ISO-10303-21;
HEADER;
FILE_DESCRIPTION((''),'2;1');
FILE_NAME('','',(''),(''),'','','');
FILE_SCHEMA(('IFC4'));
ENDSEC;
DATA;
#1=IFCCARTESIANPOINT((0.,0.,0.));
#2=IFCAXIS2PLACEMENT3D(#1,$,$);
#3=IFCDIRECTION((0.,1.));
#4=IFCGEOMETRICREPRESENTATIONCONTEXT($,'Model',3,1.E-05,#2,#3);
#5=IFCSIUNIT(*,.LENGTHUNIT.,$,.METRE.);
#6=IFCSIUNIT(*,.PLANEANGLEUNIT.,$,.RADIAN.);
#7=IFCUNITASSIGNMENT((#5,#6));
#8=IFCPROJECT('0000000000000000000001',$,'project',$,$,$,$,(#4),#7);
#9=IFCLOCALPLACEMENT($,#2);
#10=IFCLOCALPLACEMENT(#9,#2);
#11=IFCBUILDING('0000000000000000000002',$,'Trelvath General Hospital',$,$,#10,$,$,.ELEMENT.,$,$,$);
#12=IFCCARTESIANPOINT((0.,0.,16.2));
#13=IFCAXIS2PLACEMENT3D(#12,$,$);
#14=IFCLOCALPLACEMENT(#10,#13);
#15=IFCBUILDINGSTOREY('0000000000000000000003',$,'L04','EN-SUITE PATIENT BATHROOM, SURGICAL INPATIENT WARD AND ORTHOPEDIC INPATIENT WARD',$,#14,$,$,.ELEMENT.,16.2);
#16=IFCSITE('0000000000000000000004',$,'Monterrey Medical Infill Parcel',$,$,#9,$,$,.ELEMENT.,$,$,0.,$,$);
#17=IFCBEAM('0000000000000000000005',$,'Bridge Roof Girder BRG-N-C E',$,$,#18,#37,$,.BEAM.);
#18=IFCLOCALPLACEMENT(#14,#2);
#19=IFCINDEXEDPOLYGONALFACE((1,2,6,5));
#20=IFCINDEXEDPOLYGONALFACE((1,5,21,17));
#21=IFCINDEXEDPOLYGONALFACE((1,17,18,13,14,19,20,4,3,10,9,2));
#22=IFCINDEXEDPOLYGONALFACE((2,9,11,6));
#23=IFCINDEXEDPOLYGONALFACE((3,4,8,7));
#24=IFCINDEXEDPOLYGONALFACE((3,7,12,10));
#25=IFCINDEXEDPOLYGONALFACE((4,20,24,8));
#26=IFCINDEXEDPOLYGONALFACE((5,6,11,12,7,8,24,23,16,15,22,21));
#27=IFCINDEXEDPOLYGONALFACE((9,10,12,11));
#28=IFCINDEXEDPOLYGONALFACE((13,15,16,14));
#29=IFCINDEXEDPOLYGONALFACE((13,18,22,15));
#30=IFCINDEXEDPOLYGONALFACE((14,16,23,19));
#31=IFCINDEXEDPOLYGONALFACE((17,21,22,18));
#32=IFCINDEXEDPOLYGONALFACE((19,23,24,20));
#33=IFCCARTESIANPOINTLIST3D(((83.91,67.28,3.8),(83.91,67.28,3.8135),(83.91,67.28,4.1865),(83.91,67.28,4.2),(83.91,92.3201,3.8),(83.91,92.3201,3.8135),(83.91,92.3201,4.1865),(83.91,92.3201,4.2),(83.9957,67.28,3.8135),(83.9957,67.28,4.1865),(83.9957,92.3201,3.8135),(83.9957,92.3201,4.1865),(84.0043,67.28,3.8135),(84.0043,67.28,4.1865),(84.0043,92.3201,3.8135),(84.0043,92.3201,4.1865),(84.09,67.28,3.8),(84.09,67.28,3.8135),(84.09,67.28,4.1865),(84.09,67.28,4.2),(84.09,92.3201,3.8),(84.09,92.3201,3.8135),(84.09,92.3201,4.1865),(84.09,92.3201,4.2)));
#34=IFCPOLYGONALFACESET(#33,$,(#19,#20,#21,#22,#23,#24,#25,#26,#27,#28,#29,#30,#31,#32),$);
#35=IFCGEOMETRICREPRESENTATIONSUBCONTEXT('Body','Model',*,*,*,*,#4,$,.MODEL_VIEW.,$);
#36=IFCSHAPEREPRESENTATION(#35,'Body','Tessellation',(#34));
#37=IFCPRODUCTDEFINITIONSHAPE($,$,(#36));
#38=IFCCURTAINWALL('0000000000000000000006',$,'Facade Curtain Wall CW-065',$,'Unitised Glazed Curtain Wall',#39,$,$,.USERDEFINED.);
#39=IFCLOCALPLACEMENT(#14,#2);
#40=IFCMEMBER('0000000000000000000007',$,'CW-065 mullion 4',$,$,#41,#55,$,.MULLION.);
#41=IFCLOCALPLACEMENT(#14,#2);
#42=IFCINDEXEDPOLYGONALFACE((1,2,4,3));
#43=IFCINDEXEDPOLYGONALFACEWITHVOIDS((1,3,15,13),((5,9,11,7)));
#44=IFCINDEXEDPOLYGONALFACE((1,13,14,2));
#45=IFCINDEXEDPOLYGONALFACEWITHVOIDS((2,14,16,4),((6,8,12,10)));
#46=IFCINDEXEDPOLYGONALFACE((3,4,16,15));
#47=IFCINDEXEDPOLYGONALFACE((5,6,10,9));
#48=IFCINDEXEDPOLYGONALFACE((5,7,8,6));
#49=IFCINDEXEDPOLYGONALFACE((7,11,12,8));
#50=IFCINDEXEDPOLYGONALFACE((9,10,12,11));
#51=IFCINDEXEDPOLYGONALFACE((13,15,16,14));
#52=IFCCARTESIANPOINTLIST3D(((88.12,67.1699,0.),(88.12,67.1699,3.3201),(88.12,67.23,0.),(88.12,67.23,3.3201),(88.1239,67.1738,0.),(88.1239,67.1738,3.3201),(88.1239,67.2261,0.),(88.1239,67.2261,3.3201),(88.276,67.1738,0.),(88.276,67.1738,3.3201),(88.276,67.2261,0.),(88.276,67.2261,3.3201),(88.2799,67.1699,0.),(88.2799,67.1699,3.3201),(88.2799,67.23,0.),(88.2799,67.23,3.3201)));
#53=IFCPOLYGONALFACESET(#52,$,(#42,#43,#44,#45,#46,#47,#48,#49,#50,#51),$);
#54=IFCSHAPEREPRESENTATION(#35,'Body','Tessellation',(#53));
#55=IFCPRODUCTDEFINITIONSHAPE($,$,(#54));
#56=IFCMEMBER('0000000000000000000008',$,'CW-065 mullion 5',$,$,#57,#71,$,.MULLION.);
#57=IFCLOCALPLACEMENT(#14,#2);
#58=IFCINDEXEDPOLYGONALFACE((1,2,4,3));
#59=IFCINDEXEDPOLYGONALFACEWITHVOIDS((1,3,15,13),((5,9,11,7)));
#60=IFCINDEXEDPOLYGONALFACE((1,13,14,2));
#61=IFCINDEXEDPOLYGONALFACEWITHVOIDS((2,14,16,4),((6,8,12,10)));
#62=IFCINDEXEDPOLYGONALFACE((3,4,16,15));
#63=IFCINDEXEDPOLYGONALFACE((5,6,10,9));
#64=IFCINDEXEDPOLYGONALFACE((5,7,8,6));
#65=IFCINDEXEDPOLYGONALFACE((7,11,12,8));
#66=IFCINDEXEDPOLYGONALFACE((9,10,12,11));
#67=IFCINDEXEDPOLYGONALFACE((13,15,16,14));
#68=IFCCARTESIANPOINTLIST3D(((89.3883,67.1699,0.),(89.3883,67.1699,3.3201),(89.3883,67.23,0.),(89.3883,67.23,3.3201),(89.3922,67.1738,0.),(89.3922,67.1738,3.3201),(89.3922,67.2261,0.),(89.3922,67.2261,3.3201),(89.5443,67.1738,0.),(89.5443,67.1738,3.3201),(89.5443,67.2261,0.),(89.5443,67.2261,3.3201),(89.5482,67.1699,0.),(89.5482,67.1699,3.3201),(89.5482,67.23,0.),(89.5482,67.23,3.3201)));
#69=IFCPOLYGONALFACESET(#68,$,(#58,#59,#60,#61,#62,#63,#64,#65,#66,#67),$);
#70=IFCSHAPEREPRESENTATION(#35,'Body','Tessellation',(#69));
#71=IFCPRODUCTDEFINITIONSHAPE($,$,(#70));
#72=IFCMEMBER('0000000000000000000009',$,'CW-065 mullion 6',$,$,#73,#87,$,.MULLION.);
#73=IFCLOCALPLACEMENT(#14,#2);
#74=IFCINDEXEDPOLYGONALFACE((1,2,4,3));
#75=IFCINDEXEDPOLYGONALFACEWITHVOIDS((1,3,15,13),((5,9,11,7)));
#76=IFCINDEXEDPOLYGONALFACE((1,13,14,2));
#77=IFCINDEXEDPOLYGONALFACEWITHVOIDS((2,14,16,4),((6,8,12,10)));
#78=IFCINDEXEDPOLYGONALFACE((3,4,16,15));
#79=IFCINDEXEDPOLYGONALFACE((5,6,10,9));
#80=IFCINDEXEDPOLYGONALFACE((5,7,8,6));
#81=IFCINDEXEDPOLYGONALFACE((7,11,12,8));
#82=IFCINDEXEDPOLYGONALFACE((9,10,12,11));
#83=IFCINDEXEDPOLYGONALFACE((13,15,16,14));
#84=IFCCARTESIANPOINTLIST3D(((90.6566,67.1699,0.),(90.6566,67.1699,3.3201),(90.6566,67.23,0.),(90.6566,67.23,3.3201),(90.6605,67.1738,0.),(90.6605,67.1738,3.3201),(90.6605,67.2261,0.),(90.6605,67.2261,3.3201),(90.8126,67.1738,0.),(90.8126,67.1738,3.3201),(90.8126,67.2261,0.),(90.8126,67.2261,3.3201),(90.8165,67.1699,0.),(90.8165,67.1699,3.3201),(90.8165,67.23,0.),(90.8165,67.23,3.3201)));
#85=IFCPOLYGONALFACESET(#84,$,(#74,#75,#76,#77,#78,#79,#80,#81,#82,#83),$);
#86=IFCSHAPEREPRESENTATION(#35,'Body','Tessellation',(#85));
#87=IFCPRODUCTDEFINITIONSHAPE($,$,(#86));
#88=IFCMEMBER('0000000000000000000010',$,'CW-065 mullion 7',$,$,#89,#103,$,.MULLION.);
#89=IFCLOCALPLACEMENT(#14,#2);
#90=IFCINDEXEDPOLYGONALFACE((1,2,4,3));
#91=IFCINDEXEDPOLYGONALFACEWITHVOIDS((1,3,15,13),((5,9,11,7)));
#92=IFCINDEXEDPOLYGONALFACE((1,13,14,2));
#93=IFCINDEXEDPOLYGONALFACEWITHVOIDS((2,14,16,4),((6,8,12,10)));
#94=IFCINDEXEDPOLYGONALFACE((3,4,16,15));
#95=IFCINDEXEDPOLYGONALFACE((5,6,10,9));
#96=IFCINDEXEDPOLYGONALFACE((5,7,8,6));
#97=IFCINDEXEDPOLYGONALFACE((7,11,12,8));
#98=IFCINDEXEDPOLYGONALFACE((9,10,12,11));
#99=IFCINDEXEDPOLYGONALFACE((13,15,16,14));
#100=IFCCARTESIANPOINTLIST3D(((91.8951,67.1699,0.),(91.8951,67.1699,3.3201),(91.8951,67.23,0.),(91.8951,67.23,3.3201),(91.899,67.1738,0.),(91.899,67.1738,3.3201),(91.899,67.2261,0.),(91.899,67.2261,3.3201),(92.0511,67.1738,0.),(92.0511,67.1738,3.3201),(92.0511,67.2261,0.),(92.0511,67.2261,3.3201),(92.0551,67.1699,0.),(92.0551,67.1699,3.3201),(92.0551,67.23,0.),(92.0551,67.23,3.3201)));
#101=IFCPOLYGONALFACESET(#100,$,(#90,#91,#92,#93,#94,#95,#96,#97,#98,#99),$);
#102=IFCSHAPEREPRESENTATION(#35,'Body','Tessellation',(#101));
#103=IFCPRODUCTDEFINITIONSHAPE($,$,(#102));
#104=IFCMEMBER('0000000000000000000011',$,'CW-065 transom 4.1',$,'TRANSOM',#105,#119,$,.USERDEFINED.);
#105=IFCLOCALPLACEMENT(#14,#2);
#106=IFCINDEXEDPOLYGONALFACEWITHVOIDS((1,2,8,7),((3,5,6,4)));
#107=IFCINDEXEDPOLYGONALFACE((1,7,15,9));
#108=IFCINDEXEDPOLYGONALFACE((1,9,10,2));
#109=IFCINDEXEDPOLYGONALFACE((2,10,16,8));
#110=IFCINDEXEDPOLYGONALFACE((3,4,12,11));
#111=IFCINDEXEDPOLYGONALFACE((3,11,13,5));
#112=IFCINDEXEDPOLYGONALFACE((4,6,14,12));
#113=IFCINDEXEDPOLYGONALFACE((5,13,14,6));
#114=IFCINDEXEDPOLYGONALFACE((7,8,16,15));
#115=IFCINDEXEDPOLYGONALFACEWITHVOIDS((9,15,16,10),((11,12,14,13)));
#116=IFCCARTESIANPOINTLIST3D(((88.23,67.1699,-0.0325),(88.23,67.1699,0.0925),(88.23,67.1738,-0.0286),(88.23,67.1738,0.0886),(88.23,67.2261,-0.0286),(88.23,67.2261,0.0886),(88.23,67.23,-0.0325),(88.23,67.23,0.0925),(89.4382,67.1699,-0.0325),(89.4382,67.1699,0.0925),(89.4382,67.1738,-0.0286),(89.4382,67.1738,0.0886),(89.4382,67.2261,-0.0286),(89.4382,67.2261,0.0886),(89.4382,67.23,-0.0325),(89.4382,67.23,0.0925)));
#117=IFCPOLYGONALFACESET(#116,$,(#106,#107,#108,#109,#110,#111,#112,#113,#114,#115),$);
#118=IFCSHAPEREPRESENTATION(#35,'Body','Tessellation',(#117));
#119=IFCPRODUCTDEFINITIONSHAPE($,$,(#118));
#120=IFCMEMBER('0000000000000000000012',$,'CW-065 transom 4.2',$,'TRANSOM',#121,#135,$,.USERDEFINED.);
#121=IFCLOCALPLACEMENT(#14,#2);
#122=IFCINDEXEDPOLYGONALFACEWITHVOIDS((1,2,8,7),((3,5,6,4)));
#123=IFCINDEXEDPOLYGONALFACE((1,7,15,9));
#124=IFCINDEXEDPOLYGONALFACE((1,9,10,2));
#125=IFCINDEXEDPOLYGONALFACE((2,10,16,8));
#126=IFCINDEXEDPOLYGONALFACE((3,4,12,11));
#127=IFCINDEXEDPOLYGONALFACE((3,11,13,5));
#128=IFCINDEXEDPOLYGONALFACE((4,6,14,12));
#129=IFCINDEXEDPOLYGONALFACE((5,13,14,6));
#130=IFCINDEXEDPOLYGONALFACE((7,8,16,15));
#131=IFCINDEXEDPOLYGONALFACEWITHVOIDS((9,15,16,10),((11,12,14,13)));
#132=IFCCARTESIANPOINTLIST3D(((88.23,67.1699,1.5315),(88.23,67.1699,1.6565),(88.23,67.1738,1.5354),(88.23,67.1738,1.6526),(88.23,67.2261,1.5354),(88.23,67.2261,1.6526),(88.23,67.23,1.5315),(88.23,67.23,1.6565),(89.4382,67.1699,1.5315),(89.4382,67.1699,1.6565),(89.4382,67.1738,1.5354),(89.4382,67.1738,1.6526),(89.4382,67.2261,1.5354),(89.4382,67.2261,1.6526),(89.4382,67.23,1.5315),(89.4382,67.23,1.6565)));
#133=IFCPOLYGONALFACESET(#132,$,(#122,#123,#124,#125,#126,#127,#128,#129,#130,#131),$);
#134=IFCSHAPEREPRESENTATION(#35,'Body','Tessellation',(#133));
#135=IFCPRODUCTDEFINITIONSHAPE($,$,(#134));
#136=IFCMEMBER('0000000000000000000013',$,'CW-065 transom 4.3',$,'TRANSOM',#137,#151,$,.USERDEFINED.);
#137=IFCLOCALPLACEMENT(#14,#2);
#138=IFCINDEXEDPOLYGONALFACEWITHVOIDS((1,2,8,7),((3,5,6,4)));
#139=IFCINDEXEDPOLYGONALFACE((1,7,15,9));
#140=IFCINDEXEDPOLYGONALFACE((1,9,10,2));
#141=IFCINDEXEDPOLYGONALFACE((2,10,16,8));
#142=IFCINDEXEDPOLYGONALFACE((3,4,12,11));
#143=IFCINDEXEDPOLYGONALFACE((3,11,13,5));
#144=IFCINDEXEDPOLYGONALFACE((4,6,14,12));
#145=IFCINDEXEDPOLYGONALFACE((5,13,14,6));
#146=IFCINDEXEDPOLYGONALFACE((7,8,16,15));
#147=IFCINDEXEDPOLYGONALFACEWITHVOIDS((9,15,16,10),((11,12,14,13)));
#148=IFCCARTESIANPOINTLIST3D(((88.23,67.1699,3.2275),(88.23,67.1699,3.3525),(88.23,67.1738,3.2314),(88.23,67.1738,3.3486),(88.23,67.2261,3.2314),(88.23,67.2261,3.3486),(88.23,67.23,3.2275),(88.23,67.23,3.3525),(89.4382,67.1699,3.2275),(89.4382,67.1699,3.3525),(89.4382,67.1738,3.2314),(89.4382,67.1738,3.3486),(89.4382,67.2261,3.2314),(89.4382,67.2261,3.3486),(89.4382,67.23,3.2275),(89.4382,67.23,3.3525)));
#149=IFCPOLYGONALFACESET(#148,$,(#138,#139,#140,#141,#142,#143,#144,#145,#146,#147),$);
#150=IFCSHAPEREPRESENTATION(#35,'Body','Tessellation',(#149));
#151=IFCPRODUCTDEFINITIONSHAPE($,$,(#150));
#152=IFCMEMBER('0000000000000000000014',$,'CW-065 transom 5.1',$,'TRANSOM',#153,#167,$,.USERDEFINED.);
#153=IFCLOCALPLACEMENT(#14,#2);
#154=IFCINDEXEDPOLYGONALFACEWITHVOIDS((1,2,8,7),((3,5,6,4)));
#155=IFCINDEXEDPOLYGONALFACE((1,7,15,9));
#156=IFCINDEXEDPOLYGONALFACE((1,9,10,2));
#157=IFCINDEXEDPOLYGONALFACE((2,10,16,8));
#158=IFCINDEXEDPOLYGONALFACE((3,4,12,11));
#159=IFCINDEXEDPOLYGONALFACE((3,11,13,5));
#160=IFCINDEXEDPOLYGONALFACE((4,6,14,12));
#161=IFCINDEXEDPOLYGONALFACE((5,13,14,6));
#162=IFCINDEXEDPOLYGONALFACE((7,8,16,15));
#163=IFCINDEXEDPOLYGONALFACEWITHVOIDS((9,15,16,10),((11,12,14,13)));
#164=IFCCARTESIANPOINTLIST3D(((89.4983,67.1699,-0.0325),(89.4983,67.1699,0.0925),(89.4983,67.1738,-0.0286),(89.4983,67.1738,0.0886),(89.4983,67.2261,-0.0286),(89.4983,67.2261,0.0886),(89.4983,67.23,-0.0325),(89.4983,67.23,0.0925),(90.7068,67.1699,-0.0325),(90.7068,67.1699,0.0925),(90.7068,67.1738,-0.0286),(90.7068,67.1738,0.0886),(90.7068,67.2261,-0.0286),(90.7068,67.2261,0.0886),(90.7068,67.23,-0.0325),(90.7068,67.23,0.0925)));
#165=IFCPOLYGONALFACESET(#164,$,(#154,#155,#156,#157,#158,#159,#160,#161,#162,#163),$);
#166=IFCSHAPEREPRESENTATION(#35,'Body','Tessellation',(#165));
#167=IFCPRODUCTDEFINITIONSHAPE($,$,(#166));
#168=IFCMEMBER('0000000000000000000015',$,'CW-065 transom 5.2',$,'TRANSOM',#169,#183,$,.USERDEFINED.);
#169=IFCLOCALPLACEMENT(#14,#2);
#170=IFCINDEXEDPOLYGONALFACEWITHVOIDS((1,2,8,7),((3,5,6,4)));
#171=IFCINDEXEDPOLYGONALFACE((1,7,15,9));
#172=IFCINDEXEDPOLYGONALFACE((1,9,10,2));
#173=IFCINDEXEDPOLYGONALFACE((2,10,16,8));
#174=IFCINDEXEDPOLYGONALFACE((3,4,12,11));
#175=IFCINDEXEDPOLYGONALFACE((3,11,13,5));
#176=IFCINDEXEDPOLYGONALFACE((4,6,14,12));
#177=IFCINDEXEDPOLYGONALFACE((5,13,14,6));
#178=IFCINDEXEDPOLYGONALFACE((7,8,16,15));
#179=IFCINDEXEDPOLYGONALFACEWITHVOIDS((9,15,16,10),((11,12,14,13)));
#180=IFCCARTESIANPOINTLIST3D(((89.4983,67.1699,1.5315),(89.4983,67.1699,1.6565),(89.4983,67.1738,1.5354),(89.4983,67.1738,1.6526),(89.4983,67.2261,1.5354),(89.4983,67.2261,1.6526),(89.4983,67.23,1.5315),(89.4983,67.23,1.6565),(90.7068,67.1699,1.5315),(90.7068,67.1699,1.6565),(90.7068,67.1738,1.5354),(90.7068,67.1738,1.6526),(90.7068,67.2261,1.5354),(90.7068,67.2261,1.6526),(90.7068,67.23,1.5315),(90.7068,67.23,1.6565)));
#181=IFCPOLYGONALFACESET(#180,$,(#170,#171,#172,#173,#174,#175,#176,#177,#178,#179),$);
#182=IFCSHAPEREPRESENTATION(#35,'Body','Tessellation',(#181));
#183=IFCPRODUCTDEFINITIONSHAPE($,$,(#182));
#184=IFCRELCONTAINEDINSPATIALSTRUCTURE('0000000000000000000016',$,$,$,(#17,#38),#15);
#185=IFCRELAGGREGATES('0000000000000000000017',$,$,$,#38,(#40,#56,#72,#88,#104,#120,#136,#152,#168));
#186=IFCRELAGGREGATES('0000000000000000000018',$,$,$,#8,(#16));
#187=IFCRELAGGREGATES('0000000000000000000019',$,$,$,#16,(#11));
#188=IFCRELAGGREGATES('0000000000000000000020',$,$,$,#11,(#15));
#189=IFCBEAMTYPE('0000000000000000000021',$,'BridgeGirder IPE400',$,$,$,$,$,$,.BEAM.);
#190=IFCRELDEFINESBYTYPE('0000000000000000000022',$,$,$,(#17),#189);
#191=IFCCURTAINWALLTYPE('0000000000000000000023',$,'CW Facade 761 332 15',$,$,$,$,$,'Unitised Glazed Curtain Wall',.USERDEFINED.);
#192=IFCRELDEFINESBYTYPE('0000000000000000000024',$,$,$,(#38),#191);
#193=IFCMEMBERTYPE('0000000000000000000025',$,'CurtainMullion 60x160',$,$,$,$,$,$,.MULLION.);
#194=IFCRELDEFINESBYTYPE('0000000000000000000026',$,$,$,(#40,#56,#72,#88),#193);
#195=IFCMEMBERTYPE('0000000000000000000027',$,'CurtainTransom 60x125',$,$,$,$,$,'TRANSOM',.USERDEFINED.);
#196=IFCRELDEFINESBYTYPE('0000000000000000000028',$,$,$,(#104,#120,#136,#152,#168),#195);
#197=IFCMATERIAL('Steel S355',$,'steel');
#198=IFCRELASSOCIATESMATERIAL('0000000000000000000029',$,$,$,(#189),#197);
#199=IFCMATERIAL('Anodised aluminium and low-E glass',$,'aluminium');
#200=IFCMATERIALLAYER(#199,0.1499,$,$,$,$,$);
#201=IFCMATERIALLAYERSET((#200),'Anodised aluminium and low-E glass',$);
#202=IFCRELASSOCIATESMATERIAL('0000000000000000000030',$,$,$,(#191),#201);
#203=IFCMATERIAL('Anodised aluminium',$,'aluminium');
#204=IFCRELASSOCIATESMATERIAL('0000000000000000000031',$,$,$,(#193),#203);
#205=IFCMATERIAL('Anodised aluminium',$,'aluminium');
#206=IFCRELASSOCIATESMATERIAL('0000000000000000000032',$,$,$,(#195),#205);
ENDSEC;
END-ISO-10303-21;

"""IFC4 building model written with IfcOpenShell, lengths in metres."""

from ifc_helpers import new_model, si_unit, direction, frame, origin, origin_2d, place, context, subcontext, project, spatial, hollow_rectangle, i_section, extrude, material, layer, layer_set, material_profile, profile_set, type_object, element, aggregate, save


model = new_model("IFC4")

# Units and contexts
model_context = context("Model", 3, precision=1e-05, world=origin(), true_north=direction((0.0, 1.0)))
body_context = subcontext(model_context, "Body", "Model", "MODEL_VIEW")
ifc_project = project(units=[si_unit("LENGTHUNIT", "METRE"), si_unit("PLANEANGLEUNIT", "RADIAN")], contexts=[model_context])

# Site, building, storey
site_placement = place(None, origin())
site = spatial("IfcSite", under=ifc_project, at=site_placement, Name="Monterrey Medical Infill Parcel", CompositionType="ELEMENT", RefElevation=0.0)
building_placement = place(site_placement, origin())
building = spatial("IfcBuilding", under=site, at=building_placement, Name="Trelvath General Hospital", CompositionType="ELEMENT")
storey_placement = place(building_placement, frame((0.0, 0.0, 16.2)))
storey = spatial("IfcBuildingStorey", under=building, at=storey_placement, Name="L04", Description="EN-SUITE PATIENT BATHROOM, SURGICAL INPATIENT WARD AND ORTHOPEDIC INPATIENT WARD", CompositionType="ELEMENT", Elevation=16.2)

# Beam
ifc_material_1 = material(Name="Steel S355", Category="steel")
ifc_material_profile_1 = material_profile(ifc_material_1, i_section(OverallWidth=0.1799, OverallDepth=0.3999, WebThickness=0.0085, FlangeThickness=0.0134, at=origin_2d()), Name="IPE400")
ifc_profile_set_1 = profile_set([ifc_material_profile_1], Name="Steel S355")
beam_type = type_object("IfcBeamType", Name="BridgeGirder IPE400", PredefinedType="BEAM", material=ifc_profile_set_1)
beam_placement = place(storey_placement, frame((84.0, 67.28, 4.0), z_axis=(0.0, 1.0, 0.0), x_axis=(-1.0, 0.0, 0.0)))
element("IfcBeam", 1, at=beam_placement, inside=storey, type_object=beam_type, Name="Bridge Roof Girder BRG-N-C E", PredefinedType="BEAM", context=body_context, shape_type="SweptSolid", body=[
    extrude(i_section(OverallWidth=0.1799, OverallDepth=0.3999, WebThickness=0.0085, FlangeThickness=0.0134, at=origin_2d()), origin(), (0.0, 0.0, 1.0), 25.04),
])

# Curtain wall, members
ifc_material_2 = material(Name="Anodised aluminium and low-E glass", Category="aluminium")
ifc_layer_1 = layer(ifc_material_2, 0.1499)
ifc_layer_set_1 = layer_set([ifc_layer_1], Name="Anodised aluminium and low-E glass")
curtain_wall_type = type_object("IfcCurtainWallType", Name="CW Facade 761 332 15", ElementType="Unitised Glazed Curtain Wall", PredefinedType="USERDEFINED", material=ifc_layer_set_1)
curtain_wall_placement = place(storey_placement, origin())
curtain_wall = element("IfcCurtainWall", 2, at=curtain_wall_placement, inside=storey, type_object=curtain_wall_type, Name="Facade Curtain Wall CW-065", ObjectType="Unitised Glazed Curtain Wall", PredefinedType="USERDEFINED")
ifc_material_3 = material(Name="Anodised aluminium", Category="aluminium")
ifc_material_profile_2 = material_profile(ifc_material_3, hollow_rectangle(XDim=0.0601, YDim=0.1599, WallThickness=0.0039, at=origin_2d()), Name="RHS60x160x4")
ifc_profile_set_2 = profile_set([ifc_material_profile_2], Name="Anodised aluminium")
member_type_1 = type_object("IfcMemberType", Name="CurtainMullion 60x160", PredefinedType="MULLION", material=ifc_profile_set_2)
member_1_placement = place(storey_placement, frame((88.2, 67.2, 0.0), z_axis=(0.0, 0.0, 1.0), x_axis=(0.0, 1.0, 0.0)))
member_1 = element("IfcMember", 3, at=member_1_placement, type_object=member_type_1, Name="CW-065 mullion 4", PredefinedType="MULLION", context=body_context, shape_type="SweptSolid", body=[
    extrude(hollow_rectangle(XDim=0.0601, YDim=0.1599, WallThickness=0.0039, at=origin_2d()), origin(), (0.0, 0.0, 1.0), 3.3201),
])
member_2_placement = place(storey_placement, frame((89.4683, 67.2, 0.0), z_axis=(0.0, 0.0, 1.0), x_axis=(0.0, 1.0, 0.0)))
member_2 = element("IfcMember", 4, at=member_2_placement, type_object=member_type_1, Name="CW-065 mullion 5", PredefinedType="MULLION", context=body_context, shape_type="SweptSolid", body=[
    extrude(hollow_rectangle(XDim=0.0601, YDim=0.1599, WallThickness=0.0039, at=origin_2d()), origin(), (0.0, 0.0, 1.0), 3.3201),
])
member_3_placement = place(storey_placement, frame((90.7366, 67.2, 0.0), z_axis=(0.0, 0.0, 1.0), x_axis=(0.0, 1.0, 0.0)))
member_3 = element("IfcMember", 5, at=member_3_placement, type_object=member_type_1, Name="CW-065 mullion 6", PredefinedType="MULLION", context=body_context, shape_type="SweptSolid", body=[
    extrude(hollow_rectangle(XDim=0.0601, YDim=0.1599, WallThickness=0.0039, at=origin_2d()), origin(), (0.0, 0.0, 1.0), 3.3201),
])
member_4_placement = place(storey_placement, frame((91.9751, 67.2, 0.0), z_axis=(0.0, 0.0, 1.0), x_axis=(0.0, 1.0, 0.0)))
member_4 = element("IfcMember", 6, at=member_4_placement, type_object=member_type_1, Name="CW-065 mullion 7", PredefinedType="MULLION", context=body_context, shape_type="SweptSolid", body=[
    extrude(hollow_rectangle(XDim=0.0601, YDim=0.1599, WallThickness=0.0039, at=origin_2d()), origin(), (0.0, 0.0, 1.0), 3.3201),
])
ifc_material_4 = material(Name="Anodised aluminium", Category="aluminium")
ifc_material_profile_3 = material_profile(ifc_material_4, hollow_rectangle(XDim=0.0601, YDim=0.125, WallThickness=0.0039, at=origin_2d()), Name="RHS60x125x4")
ifc_profile_set_3 = profile_set([ifc_material_profile_3], Name="Anodised aluminium")
member_type_2 = type_object("IfcMemberType", Name="CurtainTransom 60x125", ElementType="TRANSOM", PredefinedType="USERDEFINED", material=ifc_profile_set_3)
member_5_placement = place(storey_placement, frame((88.23, 67.2, 0.03), z_axis=(1.0, 0.0, 0.0), x_axis=(0.0, 1.0, 0.0)))
member_5 = element("IfcMember", 7, at=member_5_placement, type_object=member_type_2, Name="CW-065 transom 4.1", ObjectType="TRANSOM", PredefinedType="USERDEFINED", context=body_context, shape_type="SweptSolid", body=[
    extrude(hollow_rectangle(XDim=0.0601, YDim=0.125, WallThickness=0.0039, at=origin_2d()), origin(), (0.0, 0.0, 1.0), 1.2083),
])
member_6_placement = place(storey_placement, frame((88.23, 67.2, 1.594), z_axis=(1.0, 0.0, 0.0), x_axis=(0.0, 1.0, 0.0)))
member_6 = element("IfcMember", 8, at=member_6_placement, type_object=member_type_2, Name="CW-065 transom 4.2", ObjectType="TRANSOM", PredefinedType="USERDEFINED", context=body_context, shape_type="SweptSolid", body=[
    extrude(hollow_rectangle(XDim=0.0601, YDim=0.125, WallThickness=0.0039, at=origin_2d()), origin(), (0.0, 0.0, 1.0), 1.2083),
])
member_7_placement = place(storey_placement, frame((88.23, 67.2, 3.29), z_axis=(1.0, 0.0, 0.0), x_axis=(0.0, 1.0, 0.0)))
member_7 = element("IfcMember", 9, at=member_7_placement, type_object=member_type_2, Name="CW-065 transom 4.3", ObjectType="TRANSOM", PredefinedType="USERDEFINED", context=body_context, shape_type="SweptSolid", body=[
    extrude(hollow_rectangle(XDim=0.0601, YDim=0.125, WallThickness=0.0039, at=origin_2d()), origin(), (0.0, 0.0, 1.0), 1.2083),
])
member_8_placement = place(storey_placement, frame((89.4983, 67.2, 0.03), z_axis=(1.0, 0.0, 0.0), x_axis=(0.0, 1.0, 0.0)))
member_8 = element("IfcMember", 10, at=member_8_placement, type_object=member_type_2, Name="CW-065 transom 5.1", ObjectType="TRANSOM", PredefinedType="USERDEFINED", context=body_context, shape_type="SweptSolid", body=[
    extrude(hollow_rectangle(XDim=0.0601, YDim=0.125, WallThickness=0.0039, at=origin_2d()), origin(), (0.0, 0.0, 1.0), 1.2085),
])
member_9_placement = place(storey_placement, frame((89.4983, 67.2, 1.594), z_axis=(1.0, 0.0, 0.0), x_axis=(0.0, 1.0, 0.0)))
member_9 = element("IfcMember", 11, at=member_9_placement, type_object=member_type_2, Name="CW-065 transom 5.2", ObjectType="TRANSOM", PredefinedType="USERDEFINED", context=body_context, shape_type="SweptSolid", body=[
    extrude(hollow_rectangle(XDim=0.0601, YDim=0.125, WallThickness=0.0039, at=origin_2d()), origin(), (0.0, 0.0, 1.0), 1.2085),
])
aggregate(curtain_wall, [member_1, member_2, member_3, member_4, member_5, member_6, member_7, member_8, member_9])

save(model, "model.ifc")
